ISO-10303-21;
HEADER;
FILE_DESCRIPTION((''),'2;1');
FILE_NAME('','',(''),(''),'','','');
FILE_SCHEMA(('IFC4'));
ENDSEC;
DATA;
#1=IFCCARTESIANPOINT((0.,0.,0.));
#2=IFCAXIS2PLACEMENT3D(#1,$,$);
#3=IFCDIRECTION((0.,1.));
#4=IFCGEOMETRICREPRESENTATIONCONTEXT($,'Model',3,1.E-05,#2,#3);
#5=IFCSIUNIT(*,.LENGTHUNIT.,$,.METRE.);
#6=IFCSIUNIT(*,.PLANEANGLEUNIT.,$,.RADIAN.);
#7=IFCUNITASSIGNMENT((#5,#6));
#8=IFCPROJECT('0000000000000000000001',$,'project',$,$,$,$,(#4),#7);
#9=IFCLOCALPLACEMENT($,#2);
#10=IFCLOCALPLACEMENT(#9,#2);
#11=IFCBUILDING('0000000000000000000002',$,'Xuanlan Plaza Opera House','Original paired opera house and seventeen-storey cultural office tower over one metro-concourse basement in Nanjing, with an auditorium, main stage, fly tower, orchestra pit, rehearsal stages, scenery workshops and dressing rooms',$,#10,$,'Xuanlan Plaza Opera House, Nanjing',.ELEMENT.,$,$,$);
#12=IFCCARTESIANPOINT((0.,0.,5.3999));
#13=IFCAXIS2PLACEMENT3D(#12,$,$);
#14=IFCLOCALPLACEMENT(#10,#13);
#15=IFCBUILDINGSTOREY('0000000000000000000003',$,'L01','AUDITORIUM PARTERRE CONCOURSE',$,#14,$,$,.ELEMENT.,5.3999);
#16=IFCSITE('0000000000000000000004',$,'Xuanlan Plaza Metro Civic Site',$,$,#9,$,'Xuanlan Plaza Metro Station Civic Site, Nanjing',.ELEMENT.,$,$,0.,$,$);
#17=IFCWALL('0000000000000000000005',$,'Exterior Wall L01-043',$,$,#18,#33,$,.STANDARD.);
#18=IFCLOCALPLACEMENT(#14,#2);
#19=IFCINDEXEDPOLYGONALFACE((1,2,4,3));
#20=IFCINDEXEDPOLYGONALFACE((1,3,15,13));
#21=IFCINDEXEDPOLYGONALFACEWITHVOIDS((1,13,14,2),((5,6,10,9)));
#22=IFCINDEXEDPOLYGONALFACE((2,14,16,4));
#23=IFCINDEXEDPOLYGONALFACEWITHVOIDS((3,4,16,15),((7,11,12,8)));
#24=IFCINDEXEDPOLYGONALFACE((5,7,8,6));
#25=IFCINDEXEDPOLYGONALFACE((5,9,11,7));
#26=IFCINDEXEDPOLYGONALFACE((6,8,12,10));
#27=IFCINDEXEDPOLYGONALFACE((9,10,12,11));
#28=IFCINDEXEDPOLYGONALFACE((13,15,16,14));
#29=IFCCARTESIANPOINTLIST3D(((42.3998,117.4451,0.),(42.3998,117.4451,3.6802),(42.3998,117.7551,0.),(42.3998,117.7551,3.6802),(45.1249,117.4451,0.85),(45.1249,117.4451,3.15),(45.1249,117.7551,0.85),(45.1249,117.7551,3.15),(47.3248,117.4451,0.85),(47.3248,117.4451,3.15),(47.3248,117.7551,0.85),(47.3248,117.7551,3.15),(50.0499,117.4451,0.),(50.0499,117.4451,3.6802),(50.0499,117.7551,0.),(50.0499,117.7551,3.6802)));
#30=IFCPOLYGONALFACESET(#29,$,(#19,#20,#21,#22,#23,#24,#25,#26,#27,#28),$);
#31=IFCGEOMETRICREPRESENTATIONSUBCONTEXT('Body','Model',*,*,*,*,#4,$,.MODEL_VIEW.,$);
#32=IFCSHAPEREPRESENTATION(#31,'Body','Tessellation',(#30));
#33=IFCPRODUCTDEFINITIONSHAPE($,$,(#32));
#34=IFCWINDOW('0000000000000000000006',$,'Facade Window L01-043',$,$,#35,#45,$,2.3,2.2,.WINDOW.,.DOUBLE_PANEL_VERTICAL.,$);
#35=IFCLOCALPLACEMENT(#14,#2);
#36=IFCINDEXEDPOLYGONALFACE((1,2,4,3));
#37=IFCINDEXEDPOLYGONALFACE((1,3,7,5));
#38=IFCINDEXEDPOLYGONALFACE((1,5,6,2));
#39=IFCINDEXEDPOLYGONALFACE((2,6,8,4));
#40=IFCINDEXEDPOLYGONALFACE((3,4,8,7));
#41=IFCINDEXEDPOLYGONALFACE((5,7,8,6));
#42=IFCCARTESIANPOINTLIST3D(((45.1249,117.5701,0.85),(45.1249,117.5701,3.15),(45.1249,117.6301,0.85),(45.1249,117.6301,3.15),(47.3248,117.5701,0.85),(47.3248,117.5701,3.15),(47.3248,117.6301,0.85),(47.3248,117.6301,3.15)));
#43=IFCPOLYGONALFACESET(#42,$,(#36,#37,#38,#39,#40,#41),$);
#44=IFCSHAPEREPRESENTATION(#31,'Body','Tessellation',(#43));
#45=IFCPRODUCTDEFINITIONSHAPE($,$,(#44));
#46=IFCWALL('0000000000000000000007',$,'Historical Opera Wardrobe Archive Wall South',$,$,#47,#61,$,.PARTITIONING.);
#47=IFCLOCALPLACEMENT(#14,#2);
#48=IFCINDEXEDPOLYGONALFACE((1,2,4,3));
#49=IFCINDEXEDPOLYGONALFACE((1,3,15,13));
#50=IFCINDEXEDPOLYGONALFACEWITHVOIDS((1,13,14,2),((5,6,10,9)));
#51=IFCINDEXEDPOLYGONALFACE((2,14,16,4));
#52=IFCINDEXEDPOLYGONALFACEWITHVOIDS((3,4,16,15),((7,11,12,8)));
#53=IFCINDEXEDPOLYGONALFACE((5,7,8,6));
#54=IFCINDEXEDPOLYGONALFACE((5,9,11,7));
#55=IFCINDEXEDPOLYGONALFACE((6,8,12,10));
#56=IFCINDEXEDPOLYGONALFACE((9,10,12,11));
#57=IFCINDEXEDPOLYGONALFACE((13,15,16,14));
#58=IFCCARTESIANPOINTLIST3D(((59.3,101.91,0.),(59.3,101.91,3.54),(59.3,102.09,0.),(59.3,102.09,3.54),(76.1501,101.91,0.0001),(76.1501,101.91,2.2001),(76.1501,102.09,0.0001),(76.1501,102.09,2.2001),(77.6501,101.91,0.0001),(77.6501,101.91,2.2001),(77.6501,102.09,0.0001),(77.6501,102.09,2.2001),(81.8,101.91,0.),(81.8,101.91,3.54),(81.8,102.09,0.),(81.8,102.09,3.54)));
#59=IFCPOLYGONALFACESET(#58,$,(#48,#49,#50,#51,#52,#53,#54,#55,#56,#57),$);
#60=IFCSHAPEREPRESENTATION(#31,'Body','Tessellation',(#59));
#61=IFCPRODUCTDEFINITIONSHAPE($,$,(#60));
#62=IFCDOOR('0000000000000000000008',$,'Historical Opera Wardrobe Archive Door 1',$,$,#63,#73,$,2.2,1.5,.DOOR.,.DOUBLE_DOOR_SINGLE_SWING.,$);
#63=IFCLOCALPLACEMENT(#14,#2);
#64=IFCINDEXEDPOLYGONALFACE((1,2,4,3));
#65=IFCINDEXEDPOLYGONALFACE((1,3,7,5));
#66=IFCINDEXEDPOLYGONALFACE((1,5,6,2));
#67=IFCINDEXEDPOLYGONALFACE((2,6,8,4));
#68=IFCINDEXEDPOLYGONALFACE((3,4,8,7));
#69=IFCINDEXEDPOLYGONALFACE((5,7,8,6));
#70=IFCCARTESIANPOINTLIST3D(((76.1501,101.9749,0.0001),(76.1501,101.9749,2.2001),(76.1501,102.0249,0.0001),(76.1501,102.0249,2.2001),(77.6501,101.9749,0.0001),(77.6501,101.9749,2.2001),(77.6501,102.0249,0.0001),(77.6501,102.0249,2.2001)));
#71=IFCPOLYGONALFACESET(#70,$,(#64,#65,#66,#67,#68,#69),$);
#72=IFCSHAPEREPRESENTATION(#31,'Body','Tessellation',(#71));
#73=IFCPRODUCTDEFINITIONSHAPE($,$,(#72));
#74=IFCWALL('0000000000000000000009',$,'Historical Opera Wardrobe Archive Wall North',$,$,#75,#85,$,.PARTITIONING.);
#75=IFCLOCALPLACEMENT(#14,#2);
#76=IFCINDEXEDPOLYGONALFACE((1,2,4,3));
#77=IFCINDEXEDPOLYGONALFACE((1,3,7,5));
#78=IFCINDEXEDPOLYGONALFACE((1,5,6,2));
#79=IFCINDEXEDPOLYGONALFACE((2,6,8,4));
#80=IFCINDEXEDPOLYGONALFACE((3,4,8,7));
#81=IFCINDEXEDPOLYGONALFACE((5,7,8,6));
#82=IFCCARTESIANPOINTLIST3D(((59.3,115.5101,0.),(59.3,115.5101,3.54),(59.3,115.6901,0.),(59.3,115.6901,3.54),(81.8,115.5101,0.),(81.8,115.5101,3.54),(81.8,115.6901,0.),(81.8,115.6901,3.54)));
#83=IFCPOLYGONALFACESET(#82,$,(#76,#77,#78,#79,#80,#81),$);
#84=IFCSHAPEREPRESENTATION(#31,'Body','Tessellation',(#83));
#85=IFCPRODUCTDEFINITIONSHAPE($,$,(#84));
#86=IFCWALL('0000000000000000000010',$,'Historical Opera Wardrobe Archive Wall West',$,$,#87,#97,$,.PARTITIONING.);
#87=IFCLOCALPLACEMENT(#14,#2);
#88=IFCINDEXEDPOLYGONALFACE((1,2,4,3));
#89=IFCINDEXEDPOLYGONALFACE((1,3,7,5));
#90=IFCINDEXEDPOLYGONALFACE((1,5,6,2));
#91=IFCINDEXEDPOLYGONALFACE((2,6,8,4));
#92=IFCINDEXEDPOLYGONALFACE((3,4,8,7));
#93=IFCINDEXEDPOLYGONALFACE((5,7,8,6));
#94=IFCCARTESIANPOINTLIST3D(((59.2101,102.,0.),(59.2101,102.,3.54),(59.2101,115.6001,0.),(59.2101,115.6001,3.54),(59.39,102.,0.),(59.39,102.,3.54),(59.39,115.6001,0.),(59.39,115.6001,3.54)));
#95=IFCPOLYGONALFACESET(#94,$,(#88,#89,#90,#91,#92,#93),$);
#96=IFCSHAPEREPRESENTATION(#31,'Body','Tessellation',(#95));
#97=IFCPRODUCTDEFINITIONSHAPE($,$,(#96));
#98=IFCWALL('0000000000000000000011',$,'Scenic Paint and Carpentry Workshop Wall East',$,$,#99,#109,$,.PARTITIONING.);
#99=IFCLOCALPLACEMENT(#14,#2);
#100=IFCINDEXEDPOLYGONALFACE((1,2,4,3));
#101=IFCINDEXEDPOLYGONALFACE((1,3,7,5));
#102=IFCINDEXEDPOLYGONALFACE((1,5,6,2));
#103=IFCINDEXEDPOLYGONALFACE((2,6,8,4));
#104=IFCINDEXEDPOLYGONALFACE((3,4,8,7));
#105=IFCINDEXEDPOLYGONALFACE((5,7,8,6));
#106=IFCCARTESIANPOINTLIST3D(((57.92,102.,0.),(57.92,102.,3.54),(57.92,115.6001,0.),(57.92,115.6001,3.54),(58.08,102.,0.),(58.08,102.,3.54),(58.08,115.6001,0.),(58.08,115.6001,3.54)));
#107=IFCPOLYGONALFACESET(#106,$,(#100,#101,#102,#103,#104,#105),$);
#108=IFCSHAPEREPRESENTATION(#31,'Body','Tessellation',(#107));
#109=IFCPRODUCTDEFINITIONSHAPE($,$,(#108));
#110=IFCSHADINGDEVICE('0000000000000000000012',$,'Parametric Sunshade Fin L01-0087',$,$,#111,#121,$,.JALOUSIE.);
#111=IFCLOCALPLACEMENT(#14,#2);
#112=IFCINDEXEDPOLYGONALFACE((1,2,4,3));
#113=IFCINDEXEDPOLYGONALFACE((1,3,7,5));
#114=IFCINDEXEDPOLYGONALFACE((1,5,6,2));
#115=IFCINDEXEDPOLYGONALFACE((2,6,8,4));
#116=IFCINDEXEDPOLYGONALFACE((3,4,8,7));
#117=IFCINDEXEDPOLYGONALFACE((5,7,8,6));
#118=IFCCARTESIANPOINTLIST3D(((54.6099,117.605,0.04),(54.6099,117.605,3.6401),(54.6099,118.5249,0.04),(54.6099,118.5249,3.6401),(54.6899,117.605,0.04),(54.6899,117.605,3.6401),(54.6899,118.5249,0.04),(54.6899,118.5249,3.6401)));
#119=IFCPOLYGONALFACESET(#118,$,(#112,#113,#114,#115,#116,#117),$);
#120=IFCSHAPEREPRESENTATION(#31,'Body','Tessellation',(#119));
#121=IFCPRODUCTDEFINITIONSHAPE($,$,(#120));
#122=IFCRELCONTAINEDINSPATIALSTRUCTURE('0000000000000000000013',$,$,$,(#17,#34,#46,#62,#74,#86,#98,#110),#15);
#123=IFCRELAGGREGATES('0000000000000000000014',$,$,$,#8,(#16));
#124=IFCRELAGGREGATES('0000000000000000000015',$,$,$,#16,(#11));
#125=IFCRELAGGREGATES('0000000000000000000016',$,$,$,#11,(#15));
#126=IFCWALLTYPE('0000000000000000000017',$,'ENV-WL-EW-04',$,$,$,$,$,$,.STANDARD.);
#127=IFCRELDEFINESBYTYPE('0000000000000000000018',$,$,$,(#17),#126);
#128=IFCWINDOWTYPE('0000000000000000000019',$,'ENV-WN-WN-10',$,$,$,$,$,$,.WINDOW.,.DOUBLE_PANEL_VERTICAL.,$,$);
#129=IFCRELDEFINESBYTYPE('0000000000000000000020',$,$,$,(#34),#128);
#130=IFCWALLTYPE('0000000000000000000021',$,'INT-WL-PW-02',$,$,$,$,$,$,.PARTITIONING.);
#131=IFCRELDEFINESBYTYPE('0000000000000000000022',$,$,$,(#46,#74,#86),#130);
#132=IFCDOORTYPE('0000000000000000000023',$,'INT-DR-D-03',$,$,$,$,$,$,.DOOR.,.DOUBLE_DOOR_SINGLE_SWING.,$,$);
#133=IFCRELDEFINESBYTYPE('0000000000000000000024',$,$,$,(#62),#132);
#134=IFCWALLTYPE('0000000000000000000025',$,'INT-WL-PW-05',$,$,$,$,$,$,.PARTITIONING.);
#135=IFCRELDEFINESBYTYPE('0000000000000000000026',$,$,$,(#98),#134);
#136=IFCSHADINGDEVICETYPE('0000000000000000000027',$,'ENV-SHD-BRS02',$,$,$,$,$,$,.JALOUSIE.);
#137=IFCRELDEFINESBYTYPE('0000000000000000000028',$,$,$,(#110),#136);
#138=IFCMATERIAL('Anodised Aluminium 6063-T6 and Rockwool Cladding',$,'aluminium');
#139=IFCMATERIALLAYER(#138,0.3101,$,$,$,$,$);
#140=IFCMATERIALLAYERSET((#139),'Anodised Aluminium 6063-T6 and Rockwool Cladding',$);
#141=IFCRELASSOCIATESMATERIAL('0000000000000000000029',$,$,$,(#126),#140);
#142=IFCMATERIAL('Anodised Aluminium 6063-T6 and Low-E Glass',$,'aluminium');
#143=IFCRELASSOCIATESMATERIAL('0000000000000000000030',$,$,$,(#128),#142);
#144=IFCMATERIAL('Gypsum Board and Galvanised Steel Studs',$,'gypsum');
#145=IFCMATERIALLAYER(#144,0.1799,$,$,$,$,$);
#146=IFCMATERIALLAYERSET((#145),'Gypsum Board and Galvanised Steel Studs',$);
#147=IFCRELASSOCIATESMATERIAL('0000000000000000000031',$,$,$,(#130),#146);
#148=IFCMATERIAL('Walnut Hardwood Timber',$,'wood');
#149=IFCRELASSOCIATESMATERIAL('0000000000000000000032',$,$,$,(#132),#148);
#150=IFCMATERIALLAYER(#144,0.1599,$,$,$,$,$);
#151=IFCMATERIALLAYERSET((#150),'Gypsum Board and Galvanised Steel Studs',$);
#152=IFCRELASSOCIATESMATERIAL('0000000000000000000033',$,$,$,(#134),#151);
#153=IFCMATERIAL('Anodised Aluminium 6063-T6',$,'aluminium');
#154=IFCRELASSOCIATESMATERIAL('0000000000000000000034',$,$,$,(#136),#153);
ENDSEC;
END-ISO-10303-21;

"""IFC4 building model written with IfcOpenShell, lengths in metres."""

from ifc_helpers import new_model, si_unit, direction, frame, frame_2d, origin, origin_2d, place, context, subcontext, project, spatial, rectangle, extrude, material, layer, layer_set, type_object, element, fill, save


model = new_model("IFC4")

# Units and contexts
model_context = context("Model", 3, precision=1e-05, world=origin(), true_north=direction((0.0, 1.0)))
body_context = subcontext(model_context, "Body", "Model", "MODEL_VIEW")
ifc_project = project(units=[si_unit("LENGTHUNIT", "METRE"), si_unit("PLANEANGLEUNIT", "RADIAN")], contexts=[model_context])

# Site, building, storey
site_placement = place(None, origin())
site = spatial("IfcSite", under=ifc_project, at=site_placement, Name="Xuanlan Plaza Metro Civic Site", LongName="Xuanlan Plaza Metro Station Civic Site, Nanjing", CompositionType="ELEMENT", RefElevation=0.0)
building_placement = place(site_placement, origin())
building = spatial("IfcBuilding", under=site, at=building_placement, Name="Xuanlan Plaza Opera House", Description="Original paired opera house and seventeen-storey cultural office tower over one metro-concourse basement in Nanjing, with an auditorium, main stage, fly tower, orchestra pit, rehearsal stages, scenery workshops and dressing rooms", LongName="Xuanlan Plaza Opera House, Nanjing", CompositionType="ELEMENT")
storey_placement = place(building_placement, frame((0.0, 0.0, 5.3999)))
storey = spatial("IfcBuildingStorey", under=building, at=storey_placement, Name="L01", Description="AUDITORIUM PARTERRE CONCOURSE", CompositionType="ELEMENT", Elevation=5.3999)

# Shared definitions
ifc_material_1 = material(Name="Anodised Aluminium 6063-T6 and Low-E Glass", Category="aluminium")
ifc_material_2 = material(Name="Anodised Aluminium 6063-T6", Category="aluminium")

# Wall, opening, window
ifc_material_3 = material(Name="Anodised Aluminium 6063-T6 and Rockwool Cladding", Category="aluminium")
ifc_layer_1 = layer(ifc_material_3, 0.3101)
ifc_layer_set_1 = layer_set([ifc_layer_1], Name="Anodised Aluminium 6063-T6 and Rockwool Cladding")
wall_type_1 = type_object("IfcWallType", Name="ENV-WL-EW-04", PredefinedType="STANDARD", material=ifc_layer_set_1)
wall_1_placement = place(storey_placement, frame((50.05, 117.6001, 0.0), z_axis=(0.0, 0.0, 1.0), x_axis=(-1.0, 0.0, 0.0)))
wall_1 = element("IfcWall", 1, at=wall_1_placement, inside=storey, type_object=wall_type_1, Name="Exterior Wall L01-043", PredefinedType="STANDARD", context=body_context, shape_type="SweptSolid", body=[
    extrude(rectangle(XDim=7.6501, YDim=0.3101, at=frame_2d((3.8252, 0.0))), origin(), (0.0, 0.0, 1.0), 3.6802),
])
opening_1_placement = place(wall_1_placement, frame((2.7251, 0.0, 0.8501)))
opening_1 = element("IfcOpeningElement", 2, at=opening_1_placement, cuts=wall_1, PredefinedType="OPENING", context=body_context, shape_type="SweptSolid", body=[
    extrude(rectangle(XDim=2.2, YDim=2.3, at=frame_2d((1.1001, 1.1499))), frame((0.0, 0.165, 0.0), z_axis=(0.0, -1.0, 0.0), x_axis=(1.0, 0.0, 0.0)), (0.0, 0.0, 1.0), 0.3301),
])
window_type = type_object("IfcWindowType", Name="ENV-WN-WN-10", PartitioningType="DOUBLE_PANEL_VERTICAL", PredefinedType="WINDOW", material=ifc_material_1)
window_placement = place(opening_1_placement, origin())
window = element("IfcWindow", 3, at=window_placement, inside=storey, type_object=window_type, Name="Facade Window L01-043", OverallHeight=2.3, OverallWidth=2.2, PartitioningType="DOUBLE_PANEL_VERTICAL", PredefinedType="WINDOW", context=body_context, shape_type="SweptSolid", body=[
    extrude(rectangle(XDim=2.2, YDim=2.3, at=frame_2d((1.1001, 1.1499))), frame((0.0, 0.03, 0.0), z_axis=(0.0, -1.0, 0.0), x_axis=(1.0, 0.0, 0.0)), (0.0, 0.0, 1.0), 0.0601),
])
fill(opening_1, window)

# Wall, opening, door
ifc_material_4 = material(Name="Gypsum Board and Galvanised Steel Studs", Category="gypsum")
ifc_layer_2 = layer(ifc_material_4, 0.1799)
ifc_layer_set_2 = layer_set([ifc_layer_2], Name="Gypsum Board and Galvanised Steel Studs")
wall_type_2 = type_object("IfcWallType", Name="INT-WL-PW-02", PredefinedType="PARTITIONING", material=ifc_layer_set_2)
wall_2_placement = place(storey_placement, frame((59.3, 102.0, 0.0), z_axis=(0.0, 0.0, 1.0), x_axis=(1.0, 0.0, 0.0)))
wall_2 = element("IfcWall", 4, at=wall_2_placement, inside=storey, type_object=wall_type_2, Name="Historical Opera Wardrobe Archive Wall South", PredefinedType="PARTITIONING", context=body_context, shape_type="SweptSolid", body=[
    extrude(rectangle(XDim=22.5, YDim=0.1799, at=frame_2d((11.25, 0.0))), origin(), (0.0, 0.0, 1.0), 3.54),
])
opening_2_placement = place(wall_2_placement, frame((16.8501, 0.0, 0.0)))
opening_2 = element("IfcOpeningElement", 5, at=opening_2_placement, cuts=wall_2, PredefinedType="OPENING", context=body_context, shape_type="SweptSolid", body=[
    extrude(rectangle(XDim=1.5, YDim=2.2, at=frame_2d((0.75, 1.1001))), frame((0.0, 0.0999, 0.0), z_axis=(0.0, -1.0, 0.0), x_axis=(1.0, 0.0, 0.0)), (0.0, 0.0, 1.0), 0.2),
])
ifc_material_5 = material(Name="Walnut Hardwood Timber", Category="wood")
door_type = type_object("IfcDoorType", Name="INT-DR-D-03", OperationType="DOUBLE_DOOR_SINGLE_SWING", PredefinedType="DOOR", material=ifc_material_5)
door_placement = place(opening_2_placement, origin())
door = element("IfcDoor", 6, at=door_placement, inside=storey, type_object=door_type, Name="Historical Opera Wardrobe Archive Door 1", OperationType="DOUBLE_DOOR_SINGLE_SWING", OverallHeight=2.2, OverallWidth=1.5, PredefinedType="DOOR", context=body_context, shape_type="SweptSolid", body=[
    extrude(rectangle(XDim=1.5, YDim=2.2, at=frame_2d((0.75, 1.1001))), frame((0.0, 0.0249, 0.0), z_axis=(0.0, -1.0, 0.0), x_axis=(1.0, 0.0, 0.0)), (0.0, 0.0, 1.0), 0.05),
])
fill(opening_2, door)

# Walls
wall_3_placement = place(storey_placement, frame((59.3, 115.6001, 0.0), z_axis=(0.0, 0.0, 1.0), x_axis=(1.0, 0.0, 0.0)))
element("IfcWall", 7, at=wall_3_placement, inside=storey, type_object=wall_type_2, Name="Historical Opera Wardrobe Archive Wall North", PredefinedType="PARTITIONING", context=body_context, shape_type="SweptSolid", body=[
    extrude(rectangle(XDim=22.5, YDim=0.1799, at=frame_2d((11.25, 0.0))), origin(), (0.0, 0.0, 1.0), 3.54),
])
wall_4_placement = place(storey_placement, frame((59.3, 102.0, 0.0), z_axis=(0.0, 0.0, 1.0), x_axis=(0.0, 1.0, 0.0)))
element("IfcWall", 8, at=wall_4_placement, inside=storey, type_object=wall_type_2, Name="Historical Opera Wardrobe Archive Wall West", PredefinedType="PARTITIONING", context=body_context, shape_type="SweptSolid", body=[
    extrude(rectangle(XDim=13.6001, YDim=0.1799, at=frame_2d((6.8, 0.0))), origin(), (0.0, 0.0, 1.0), 3.54),
])
ifc_layer_3 = layer(ifc_material_4, 0.1599)
ifc_layer_set_3 = layer_set([ifc_layer_3], Name="Gypsum Board and Galvanised Steel Studs")
wall_type_3 = type_object("IfcWallType", Name="INT-WL-PW-05", PredefinedType="PARTITIONING", material=ifc_layer_set_3)
wall_5_placement = place(storey_placement, frame((58.0, 102.0, 0.0), z_axis=(0.0, 0.0, 1.0), x_axis=(0.0, 1.0, 0.0)))
element("IfcWall", 9, at=wall_5_placement, inside=storey, type_object=wall_type_3, Name="Scenic Paint and Carpentry Workshop Wall East", PredefinedType="PARTITIONING", context=body_context, shape_type="SweptSolid", body=[
    extrude(rectangle(XDim=13.6001, YDim=0.1599, at=frame_2d((6.8, 0.0))), origin(), (0.0, 0.0, 1.0), 3.54),
])

# Shading device
shading_device_type = type_object("IfcShadingDeviceType", Name="ENV-SHD-BRS02", PredefinedType="JALOUSIE", material=ifc_material_2)
shading_device_placement = place(storey_placement, frame((54.6499, 118.0649, 0.04), z_axis=(0.0, 0.0, 1.0), x_axis=(0.0, 1.0, 0.0)))
element("IfcShadingDevice", 10, at=shading_device_placement, inside=storey, type_object=shading_device_type, Name="Parametric Sunshade Fin L01-0087", PredefinedType="JALOUSIE", context=body_context, shape_type="SweptSolid", body=[
    extrude(rectangle(XDim=0.9199, YDim=0.0801, at=origin_2d()), origin(), (0.0, 0.0, 1.0), 3.6001),
])

save(model, "model.ifc")
